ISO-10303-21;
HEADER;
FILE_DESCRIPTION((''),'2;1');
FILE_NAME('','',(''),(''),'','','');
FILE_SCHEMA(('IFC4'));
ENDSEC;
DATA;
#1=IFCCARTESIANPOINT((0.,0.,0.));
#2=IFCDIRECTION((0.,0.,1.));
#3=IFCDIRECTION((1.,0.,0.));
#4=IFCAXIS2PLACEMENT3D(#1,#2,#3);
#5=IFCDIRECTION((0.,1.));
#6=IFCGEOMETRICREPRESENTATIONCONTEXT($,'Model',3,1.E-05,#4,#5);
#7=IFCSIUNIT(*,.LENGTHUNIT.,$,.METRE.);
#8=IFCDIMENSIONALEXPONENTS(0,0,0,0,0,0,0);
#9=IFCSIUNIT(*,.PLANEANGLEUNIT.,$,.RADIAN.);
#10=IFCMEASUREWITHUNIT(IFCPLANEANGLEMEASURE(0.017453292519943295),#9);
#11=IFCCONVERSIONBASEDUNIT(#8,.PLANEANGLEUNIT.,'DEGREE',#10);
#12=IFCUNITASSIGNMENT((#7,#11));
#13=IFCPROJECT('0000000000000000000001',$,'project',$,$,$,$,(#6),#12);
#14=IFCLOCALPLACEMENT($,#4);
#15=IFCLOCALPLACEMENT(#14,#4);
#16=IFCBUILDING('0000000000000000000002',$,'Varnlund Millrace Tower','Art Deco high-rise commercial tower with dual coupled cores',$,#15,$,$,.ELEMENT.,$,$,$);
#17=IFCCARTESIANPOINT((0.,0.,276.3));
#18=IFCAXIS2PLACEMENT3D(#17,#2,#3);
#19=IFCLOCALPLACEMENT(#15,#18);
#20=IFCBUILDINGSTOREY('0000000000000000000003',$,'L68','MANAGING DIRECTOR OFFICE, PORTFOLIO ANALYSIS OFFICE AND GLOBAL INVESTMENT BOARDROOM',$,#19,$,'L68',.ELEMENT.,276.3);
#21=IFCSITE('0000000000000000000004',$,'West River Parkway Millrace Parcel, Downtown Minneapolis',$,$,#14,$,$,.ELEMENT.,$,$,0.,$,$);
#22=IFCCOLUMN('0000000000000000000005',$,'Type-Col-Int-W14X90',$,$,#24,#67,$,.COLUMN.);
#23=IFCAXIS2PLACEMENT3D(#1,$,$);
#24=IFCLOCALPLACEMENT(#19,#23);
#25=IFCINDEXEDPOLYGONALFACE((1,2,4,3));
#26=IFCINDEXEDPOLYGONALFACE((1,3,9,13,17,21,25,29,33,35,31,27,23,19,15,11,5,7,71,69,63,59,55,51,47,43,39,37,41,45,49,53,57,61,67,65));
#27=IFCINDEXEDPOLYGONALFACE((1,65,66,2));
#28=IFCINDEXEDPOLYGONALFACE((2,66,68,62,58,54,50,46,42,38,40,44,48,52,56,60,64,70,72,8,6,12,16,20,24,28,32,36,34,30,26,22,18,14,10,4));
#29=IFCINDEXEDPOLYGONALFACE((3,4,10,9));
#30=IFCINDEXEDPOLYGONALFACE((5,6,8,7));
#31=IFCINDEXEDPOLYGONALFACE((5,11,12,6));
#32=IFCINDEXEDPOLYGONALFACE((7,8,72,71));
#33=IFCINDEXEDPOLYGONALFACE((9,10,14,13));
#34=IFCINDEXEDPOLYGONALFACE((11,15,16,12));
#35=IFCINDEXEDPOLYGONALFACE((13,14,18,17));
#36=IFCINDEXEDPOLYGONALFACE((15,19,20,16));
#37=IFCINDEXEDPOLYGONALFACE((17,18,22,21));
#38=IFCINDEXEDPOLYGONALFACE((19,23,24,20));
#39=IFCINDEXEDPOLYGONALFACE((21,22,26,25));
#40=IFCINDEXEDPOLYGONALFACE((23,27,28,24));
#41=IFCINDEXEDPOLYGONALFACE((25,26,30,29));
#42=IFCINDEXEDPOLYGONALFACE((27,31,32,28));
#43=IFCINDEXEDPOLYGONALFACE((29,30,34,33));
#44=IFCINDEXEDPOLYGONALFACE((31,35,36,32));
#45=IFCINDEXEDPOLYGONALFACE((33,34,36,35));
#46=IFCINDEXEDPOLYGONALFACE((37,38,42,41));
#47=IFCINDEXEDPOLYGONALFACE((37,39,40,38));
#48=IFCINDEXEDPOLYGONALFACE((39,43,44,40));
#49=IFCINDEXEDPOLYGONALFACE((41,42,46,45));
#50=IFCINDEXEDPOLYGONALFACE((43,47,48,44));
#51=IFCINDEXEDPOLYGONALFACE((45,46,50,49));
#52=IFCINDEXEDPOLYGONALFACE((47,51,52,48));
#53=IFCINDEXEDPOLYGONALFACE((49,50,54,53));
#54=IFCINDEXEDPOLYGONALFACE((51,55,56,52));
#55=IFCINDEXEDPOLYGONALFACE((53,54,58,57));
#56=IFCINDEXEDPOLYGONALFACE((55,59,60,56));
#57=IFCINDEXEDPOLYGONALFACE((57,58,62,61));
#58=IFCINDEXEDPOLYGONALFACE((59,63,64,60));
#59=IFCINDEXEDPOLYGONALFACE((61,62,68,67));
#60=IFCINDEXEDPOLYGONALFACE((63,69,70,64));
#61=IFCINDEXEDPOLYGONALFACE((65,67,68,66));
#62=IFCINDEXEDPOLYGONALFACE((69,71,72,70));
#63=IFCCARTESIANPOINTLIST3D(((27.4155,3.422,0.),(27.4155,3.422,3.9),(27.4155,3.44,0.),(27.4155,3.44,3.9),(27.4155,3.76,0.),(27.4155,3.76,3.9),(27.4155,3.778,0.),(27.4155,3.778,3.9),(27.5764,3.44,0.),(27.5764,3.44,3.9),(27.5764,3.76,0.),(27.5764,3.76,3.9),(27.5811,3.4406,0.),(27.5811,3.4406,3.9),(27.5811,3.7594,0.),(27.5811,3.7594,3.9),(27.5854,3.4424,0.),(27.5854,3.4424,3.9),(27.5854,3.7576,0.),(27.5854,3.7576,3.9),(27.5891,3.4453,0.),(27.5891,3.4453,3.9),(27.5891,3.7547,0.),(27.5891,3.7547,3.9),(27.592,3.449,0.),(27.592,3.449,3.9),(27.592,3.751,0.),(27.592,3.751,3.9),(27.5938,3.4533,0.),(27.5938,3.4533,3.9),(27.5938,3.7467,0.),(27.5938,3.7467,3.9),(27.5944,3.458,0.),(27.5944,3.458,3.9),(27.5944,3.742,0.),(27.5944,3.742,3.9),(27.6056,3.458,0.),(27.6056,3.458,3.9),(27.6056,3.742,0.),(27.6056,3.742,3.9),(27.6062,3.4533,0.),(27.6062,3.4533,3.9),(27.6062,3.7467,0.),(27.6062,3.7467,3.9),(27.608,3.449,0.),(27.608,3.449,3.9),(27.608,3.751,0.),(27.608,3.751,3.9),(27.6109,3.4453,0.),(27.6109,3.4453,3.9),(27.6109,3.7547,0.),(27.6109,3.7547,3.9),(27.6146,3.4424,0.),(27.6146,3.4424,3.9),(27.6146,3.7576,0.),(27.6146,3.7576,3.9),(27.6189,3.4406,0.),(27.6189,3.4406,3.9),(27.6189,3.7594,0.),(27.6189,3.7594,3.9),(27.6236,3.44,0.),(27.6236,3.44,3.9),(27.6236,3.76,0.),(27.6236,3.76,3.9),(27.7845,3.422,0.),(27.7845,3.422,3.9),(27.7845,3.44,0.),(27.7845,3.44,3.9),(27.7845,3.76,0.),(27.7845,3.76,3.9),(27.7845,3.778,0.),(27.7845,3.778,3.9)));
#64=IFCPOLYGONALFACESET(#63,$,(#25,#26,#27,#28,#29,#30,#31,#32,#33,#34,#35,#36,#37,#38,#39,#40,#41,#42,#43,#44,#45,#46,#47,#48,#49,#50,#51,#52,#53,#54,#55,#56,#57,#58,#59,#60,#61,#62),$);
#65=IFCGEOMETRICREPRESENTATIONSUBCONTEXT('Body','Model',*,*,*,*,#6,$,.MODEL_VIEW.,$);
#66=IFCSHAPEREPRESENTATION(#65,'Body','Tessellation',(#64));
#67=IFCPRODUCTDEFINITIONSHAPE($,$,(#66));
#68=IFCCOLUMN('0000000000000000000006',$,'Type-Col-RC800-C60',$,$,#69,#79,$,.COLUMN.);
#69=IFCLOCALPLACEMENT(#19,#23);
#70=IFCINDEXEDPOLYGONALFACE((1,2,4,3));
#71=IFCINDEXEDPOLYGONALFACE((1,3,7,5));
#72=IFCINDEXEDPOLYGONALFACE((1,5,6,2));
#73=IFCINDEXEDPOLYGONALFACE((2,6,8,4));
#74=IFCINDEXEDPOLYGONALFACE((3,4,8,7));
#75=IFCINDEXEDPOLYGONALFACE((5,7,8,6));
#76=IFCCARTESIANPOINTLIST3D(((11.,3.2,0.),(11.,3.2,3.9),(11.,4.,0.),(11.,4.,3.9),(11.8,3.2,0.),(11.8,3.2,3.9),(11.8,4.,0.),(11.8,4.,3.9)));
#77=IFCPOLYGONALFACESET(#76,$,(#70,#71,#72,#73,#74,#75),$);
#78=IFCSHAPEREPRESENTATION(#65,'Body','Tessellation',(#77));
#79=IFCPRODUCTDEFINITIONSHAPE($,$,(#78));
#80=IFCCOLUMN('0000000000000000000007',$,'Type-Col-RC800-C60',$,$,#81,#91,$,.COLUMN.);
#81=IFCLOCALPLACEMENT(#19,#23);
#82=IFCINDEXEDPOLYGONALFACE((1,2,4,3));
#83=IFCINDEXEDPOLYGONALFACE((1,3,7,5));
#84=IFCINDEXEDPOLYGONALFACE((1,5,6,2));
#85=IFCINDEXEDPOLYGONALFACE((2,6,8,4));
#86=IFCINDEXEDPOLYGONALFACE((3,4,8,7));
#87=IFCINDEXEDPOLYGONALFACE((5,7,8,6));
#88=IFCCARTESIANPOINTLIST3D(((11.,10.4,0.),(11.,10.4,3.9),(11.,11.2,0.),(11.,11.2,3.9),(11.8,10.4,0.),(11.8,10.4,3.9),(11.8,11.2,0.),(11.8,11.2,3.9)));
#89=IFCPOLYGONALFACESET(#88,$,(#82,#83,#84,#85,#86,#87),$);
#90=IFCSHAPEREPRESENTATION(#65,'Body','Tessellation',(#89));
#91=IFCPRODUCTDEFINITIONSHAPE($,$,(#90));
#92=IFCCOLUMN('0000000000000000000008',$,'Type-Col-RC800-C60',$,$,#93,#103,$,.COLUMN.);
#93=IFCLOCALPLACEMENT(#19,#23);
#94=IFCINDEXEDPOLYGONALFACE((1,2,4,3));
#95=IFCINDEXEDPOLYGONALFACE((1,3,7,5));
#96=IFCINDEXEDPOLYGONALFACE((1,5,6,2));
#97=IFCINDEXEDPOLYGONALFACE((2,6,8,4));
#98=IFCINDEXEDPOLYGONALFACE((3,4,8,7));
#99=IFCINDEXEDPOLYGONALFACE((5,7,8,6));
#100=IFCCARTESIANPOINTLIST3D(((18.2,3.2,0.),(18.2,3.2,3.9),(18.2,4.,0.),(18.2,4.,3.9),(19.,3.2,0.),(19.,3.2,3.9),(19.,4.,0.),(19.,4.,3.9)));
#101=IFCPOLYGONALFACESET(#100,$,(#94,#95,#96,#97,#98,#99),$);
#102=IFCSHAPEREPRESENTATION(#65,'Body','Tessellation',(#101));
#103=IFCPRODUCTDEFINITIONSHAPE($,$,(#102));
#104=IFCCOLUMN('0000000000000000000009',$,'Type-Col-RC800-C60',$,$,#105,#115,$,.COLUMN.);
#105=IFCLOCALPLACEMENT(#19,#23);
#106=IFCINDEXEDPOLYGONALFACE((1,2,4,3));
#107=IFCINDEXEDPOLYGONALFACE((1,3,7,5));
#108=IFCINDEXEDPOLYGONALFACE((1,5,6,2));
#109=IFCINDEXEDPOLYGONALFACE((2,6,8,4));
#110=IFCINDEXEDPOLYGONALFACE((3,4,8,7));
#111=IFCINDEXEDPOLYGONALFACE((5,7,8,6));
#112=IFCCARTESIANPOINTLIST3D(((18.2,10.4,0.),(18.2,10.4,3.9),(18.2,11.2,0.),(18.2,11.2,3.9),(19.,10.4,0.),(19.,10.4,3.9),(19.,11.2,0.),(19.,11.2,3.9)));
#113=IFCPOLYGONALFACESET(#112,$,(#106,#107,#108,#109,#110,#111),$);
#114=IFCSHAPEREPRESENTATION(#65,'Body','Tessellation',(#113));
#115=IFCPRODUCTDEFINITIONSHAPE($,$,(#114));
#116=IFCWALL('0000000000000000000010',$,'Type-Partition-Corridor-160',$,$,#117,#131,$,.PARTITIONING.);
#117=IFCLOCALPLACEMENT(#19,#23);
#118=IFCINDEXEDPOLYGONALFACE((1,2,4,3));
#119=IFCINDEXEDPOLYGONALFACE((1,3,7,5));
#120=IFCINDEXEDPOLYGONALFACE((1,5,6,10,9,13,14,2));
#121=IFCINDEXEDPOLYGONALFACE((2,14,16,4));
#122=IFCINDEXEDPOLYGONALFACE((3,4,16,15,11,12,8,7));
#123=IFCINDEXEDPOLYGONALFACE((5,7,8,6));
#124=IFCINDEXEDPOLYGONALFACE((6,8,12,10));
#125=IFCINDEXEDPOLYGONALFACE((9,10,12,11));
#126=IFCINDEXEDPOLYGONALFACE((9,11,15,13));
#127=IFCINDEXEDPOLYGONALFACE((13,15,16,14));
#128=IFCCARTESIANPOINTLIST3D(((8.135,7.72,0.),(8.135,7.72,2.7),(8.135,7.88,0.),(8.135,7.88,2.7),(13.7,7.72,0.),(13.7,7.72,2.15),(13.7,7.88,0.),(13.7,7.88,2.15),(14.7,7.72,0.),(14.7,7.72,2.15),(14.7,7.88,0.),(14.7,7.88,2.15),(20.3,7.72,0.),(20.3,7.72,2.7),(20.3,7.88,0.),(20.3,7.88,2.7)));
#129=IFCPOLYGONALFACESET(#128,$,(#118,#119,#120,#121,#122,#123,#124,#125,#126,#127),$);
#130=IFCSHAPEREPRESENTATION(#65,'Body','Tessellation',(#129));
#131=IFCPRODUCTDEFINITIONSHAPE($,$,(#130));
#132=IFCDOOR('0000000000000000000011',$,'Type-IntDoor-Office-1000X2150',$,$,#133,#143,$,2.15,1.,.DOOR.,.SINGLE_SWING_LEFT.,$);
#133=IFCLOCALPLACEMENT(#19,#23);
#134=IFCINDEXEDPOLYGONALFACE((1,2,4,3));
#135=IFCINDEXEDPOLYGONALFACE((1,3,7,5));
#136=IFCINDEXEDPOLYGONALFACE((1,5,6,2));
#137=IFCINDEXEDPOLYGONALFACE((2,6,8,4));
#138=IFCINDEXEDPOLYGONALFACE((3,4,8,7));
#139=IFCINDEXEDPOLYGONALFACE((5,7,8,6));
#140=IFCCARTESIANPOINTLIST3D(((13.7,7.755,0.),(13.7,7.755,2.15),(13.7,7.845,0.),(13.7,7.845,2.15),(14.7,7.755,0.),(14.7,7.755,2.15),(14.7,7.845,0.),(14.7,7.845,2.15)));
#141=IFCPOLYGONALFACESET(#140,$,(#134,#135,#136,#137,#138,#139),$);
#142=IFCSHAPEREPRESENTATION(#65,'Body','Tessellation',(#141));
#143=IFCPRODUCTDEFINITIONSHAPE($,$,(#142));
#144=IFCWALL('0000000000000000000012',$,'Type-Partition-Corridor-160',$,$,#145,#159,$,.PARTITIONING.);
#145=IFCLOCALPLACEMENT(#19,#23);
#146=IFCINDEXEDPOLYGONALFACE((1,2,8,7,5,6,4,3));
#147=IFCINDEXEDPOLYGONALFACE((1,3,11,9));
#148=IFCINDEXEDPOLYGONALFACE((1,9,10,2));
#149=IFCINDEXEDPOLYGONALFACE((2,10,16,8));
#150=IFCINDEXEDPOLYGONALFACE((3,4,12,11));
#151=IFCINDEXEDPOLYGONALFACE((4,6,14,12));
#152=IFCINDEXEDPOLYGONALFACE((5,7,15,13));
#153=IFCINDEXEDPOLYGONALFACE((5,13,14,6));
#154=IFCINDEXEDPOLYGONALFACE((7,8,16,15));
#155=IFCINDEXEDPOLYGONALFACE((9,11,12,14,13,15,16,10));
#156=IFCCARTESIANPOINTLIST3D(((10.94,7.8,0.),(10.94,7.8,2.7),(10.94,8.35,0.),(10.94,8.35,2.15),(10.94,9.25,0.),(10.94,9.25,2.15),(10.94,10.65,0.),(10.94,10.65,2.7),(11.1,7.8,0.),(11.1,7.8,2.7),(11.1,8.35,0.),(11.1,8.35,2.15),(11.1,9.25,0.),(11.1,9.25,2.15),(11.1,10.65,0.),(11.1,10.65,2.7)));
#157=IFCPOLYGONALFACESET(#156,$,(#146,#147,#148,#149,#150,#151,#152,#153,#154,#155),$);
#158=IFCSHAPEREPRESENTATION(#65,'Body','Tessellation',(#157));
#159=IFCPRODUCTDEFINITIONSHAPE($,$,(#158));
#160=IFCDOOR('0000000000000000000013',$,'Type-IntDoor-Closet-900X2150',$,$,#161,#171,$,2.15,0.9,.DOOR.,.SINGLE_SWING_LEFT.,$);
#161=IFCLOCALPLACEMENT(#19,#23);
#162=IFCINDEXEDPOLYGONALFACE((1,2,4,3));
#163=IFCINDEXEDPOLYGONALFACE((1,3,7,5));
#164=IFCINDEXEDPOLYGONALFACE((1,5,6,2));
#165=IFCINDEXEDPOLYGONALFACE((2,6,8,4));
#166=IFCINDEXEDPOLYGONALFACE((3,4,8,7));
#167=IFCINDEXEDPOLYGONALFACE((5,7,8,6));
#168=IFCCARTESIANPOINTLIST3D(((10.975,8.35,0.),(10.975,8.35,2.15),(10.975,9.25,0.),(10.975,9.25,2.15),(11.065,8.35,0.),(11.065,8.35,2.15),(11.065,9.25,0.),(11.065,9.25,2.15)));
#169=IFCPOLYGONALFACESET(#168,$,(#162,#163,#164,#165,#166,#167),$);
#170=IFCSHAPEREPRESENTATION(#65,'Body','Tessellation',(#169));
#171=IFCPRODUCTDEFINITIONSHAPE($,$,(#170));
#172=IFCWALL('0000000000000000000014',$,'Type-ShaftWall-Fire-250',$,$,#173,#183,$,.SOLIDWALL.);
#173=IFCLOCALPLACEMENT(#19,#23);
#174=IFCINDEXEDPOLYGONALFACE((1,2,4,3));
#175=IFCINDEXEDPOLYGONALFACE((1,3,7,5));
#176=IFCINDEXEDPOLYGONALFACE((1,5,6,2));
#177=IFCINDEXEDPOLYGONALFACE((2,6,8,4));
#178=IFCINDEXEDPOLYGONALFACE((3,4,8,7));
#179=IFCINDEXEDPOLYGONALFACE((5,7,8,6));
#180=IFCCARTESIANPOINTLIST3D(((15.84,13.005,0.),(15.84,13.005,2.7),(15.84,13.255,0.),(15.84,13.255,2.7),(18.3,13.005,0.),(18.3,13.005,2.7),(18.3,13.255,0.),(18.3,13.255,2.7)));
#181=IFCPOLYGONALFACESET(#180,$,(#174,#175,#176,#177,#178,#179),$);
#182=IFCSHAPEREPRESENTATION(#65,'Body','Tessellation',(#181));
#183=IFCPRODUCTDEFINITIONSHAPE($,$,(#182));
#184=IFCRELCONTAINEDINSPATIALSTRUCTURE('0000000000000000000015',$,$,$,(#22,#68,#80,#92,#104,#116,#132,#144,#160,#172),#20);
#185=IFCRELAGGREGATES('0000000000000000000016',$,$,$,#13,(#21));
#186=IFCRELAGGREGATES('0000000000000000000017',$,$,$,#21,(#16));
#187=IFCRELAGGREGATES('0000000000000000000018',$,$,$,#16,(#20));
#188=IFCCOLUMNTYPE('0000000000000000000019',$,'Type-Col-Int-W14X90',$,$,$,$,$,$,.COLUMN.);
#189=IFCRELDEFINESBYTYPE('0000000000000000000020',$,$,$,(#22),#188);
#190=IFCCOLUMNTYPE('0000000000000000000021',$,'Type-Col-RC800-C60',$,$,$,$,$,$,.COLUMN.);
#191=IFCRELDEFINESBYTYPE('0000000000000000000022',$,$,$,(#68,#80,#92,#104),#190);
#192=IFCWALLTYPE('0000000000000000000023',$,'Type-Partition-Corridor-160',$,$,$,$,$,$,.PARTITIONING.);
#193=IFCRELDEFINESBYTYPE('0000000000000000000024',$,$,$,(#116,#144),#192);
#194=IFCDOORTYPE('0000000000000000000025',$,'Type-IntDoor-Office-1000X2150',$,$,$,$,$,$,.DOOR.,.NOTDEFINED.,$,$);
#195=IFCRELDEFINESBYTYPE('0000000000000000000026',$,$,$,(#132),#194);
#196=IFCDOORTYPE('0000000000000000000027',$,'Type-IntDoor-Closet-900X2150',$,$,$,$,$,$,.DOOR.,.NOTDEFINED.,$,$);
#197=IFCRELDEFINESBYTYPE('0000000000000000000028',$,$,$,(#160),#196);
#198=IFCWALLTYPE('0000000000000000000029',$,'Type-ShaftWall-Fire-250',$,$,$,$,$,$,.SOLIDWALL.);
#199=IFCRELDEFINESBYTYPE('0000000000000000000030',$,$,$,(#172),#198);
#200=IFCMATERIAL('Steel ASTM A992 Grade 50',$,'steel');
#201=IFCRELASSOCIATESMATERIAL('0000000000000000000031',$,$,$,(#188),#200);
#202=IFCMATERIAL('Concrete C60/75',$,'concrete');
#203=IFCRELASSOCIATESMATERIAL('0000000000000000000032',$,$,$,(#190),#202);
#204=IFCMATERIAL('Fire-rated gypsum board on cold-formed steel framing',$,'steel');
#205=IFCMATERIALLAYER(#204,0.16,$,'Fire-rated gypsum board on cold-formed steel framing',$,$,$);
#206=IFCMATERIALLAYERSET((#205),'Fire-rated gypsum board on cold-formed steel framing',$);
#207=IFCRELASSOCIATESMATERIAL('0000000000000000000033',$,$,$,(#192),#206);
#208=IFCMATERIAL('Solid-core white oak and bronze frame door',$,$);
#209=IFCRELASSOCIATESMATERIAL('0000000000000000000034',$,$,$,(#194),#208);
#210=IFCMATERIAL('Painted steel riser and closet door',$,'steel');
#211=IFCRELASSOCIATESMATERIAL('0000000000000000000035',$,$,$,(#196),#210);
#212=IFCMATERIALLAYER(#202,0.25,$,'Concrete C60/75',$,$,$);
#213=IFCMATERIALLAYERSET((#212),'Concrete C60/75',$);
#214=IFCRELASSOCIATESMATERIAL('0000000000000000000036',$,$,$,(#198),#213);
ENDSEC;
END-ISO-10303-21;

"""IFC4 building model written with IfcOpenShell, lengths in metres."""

from ifc_helpers import new_model, entity, si_unit, converted_unit, direction, frame, origin_with_axes, origin_2d_with_axis, place, context, subcontext, project, spatial, polyline, rectangle, i_section, outline, extrude, material, layer, layer_set, material_profile, profile_set, type_object, element, fill, save


model = new_model("IFC4")

# Units and contexts
model_context = context("Model", 3, precision=1e-05, world=origin_with_axes(), true_north=direction((0.0, 1.0)))
body_context = subcontext(model_context, "Body", "Model", "MODEL_VIEW")
ifc_project = project(units=[si_unit("LENGTHUNIT", "METRE"), converted_unit("PLANEANGLEUNIT", "DEGREE", entity("IfcPlaneAngleMeasure", 0.017453292519943295), si_unit("PLANEANGLEUNIT", "RADIAN"), dimensions=[0, 0, 0, 0, 0, 0, 0])], contexts=[model_context])

# Site, building, storey
site_placement = place(None, origin_with_axes())
site = spatial("IfcSite", under=ifc_project, at=site_placement, Name="West River Parkway Millrace Parcel, Downtown Minneapolis", CompositionType="ELEMENT", RefElevation=0.0)
building_placement = place(site_placement, origin_with_axes())
building = spatial("IfcBuilding", under=site, at=building_placement, Name="Varnlund Millrace Tower", Description="Art Deco high-rise commercial tower with dual coupled cores", CompositionType="ELEMENT")
storey_placement = place(building_placement, frame((0.0, 0.0, 276.3), z_axis=(0.0, 0.0, 1.0), x_axis=(1.0, 0.0, 0.0)))
storey = spatial("IfcBuildingStorey", under=building, at=storey_placement, Name="L68", Description="MANAGING DIRECTOR OFFICE, PORTFOLIO ANALYSIS OFFICE AND GLOBAL INVESTMENT BOARDROOM", LongName="L68", CompositionType="ELEMENT", Elevation=276.3)

# Columns
ifc_material_1 = material(Name="Steel ASTM A992 Grade 50", Category="steel")
ifc_material_profile_1 = material_profile(ifc_material_1, i_section(OverallWidth=0.369, OverallDepth=0.356, WebThickness=0.0112, FlangeThickness=0.018, FilletRadius=0.018, at=origin_2d_with_axis()), Name="Steel ASTM A992 Grade 50")
ifc_profile_set_1 = profile_set([ifc_material_profile_1], Name="Steel ASTM A992 Grade 50")
column_type_1 = type_object("IfcColumnType", Name="Type-Col-Int-W14X90", PredefinedType="COLUMN", material=ifc_profile_set_1)
column_placement = place(storey_placement, frame((27.6, 3.6, 0.0), z_axis=(0.0, 0.0, 1.0), x_axis=(1.0, 0.0, 0.0)))
element("IfcColumn", 1, at=column_placement, inside=storey, type_object=column_type_1, Name="Type-Col-Int-W14X90", PredefinedType="COLUMN", context=body_context, shape_type="SweptSolid", body=[
    extrude(i_section(OverallWidth=0.369, OverallDepth=0.356, WebThickness=0.0112, FlangeThickness=0.018, FilletRadius=0.018, at=origin_2d_with_axis()), origin_with_axes(), (0.0, 0.0, 1.0), 3.9),
])
ifc_material_2 = material(Name="Concrete C60/75", Category="concrete")
ifc_material_profile_2 = material_profile(ifc_material_2, rectangle(XDim=0.8, YDim=0.8, at=origin_2d_with_axis()), Name="Concrete C60/75")
ifc_profile_set_2 = profile_set([ifc_material_profile_2], Name="Concrete C60/75")
column_type_2 = type_object("IfcColumnType", Name="Type-Col-RC800-C60", PredefinedType="COLUMN", material=ifc_profile_set_2)
for number, where, z_axis, x_axis, name in (
    (2, (11.4, 3.6, 0.0), (0.0, 0.0, 1.0), (1.0, 0.0, 0.0), "Type-Col-RC800-C60"),
    (3, (11.4, 10.8, 0.0), (0.0, 0.0, 1.0), (1.0, 0.0, 0.0), "Type-Col-RC800-C60"),
    (4, (18.6, 3.6, 0.0), (0.0, 0.0, 1.0), (1.0, 0.0, 0.0), "Type-Col-RC800-C60"),
    (5, (18.6, 10.8, 0.0), (0.0, 0.0, 1.0), (1.0, 0.0, 0.0), "Type-Col-RC800-C60"),
):
    element("IfcColumn", number, at=place(storey_placement, frame(where, z_axis=z_axis, x_axis=x_axis)), inside=storey, type_object=column_type_2, Name=name, PredefinedType="COLUMN", context=body_context, shape_type="SweptSolid", body=[
        extrude(rectangle(XDim=0.8, YDim=0.8, at=origin_2d_with_axis()), origin_with_axes(), (0.0, 0.0, 1.0), 3.9),
    ])

# Wall, opening, door
ifc_material_3 = material(Name="Fire-rated gypsum board on cold-formed steel framing", Category="steel")
ifc_layer_1 = layer(ifc_material_3, 0.16, Name="Fire-rated gypsum board on cold-formed steel framing")
ifc_layer_set_1 = layer_set([ifc_layer_1], Name="Fire-rated gypsum board on cold-formed steel framing")
wall_type_1 = type_object("IfcWallType", Name="Type-Partition-Corridor-160", PredefinedType="PARTITIONING", material=ifc_layer_set_1)
wall_1_placement = place(storey_placement, frame((8.135, 7.8, 0.0), z_axis=(0.0, 0.0, 1.0), x_axis=(1.0, 0.0, 0.0)))
wall_1 = element("IfcWall", 6, at=wall_1_placement, inside=storey, type_object=wall_type_1, Name="Type-Partition-Corridor-160", PredefinedType="PARTITIONING", context=body_context, shape_type="SweptSolid", body=[
    extrude(outline(polyline([(0.0, -0.08), (12.165, -0.08), (12.165, 0.08), (0.0, 0.08), (0.0, -0.08)])), origin_with_axes(), (0.0, 0.0, 1.0), 2.7),
])
opening_1_placement = place(wall_1_placement, frame((6.065, 0.0, 0.0), z_axis=(0.0, 0.0, 1.0), x_axis=(1.0, 0.0, 0.0)))
opening_1 = element("IfcOpeningElement", 7, at=opening_1_placement, cuts=wall_1, PredefinedType="OPENING", context=body_context, shape_type="SweptSolid", body=[
    extrude(rectangle(XDim=1.0, YDim=0.18, at=origin_2d_with_axis()), origin_with_axes(), (0.0, 0.0, 1.0), 2.15),
])
ifc_material_4 = material(Name="Solid-core white oak and bronze frame door")
door_type_1 = type_object("IfcDoorType", Name="Type-IntDoor-Office-1000X2150", OperationType="NOTDEFINED", PredefinedType="DOOR", material=ifc_material_4)
door_1_placement = place(wall_1_placement, frame((6.065, 0.0, 0.0), z_axis=(0.0, 0.0, 1.0), x_axis=(1.0, 0.0, 0.0)))
door_1 = element("IfcDoor", 8, at=door_1_placement, inside=storey, type_object=door_type_1, Name="Type-IntDoor-Office-1000X2150", OperationType="SINGLE_SWING_LEFT", OverallHeight=2.15, OverallWidth=1.0, PredefinedType="DOOR", context=body_context, shape_type="SweptSolid", body=[
    extrude(rectangle(XDim=1.0, YDim=0.09, at=origin_2d_with_axis()), origin_with_axes(), (0.0, 0.0, 1.0), 2.15),
])
fill(opening_1, door_1)

# Wall, opening, door
wall_2_placement = place(storey_placement, frame((11.02, 7.8, 0.0), z_axis=(0.0, 0.0, 1.0), x_axis=(0.0, 1.0, 0.0)))
wall_2 = element("IfcWall", 9, at=wall_2_placement, inside=storey, type_object=wall_type_1, Name="Type-Partition-Corridor-160", PredefinedType="PARTITIONING", context=body_context, shape_type="SweptSolid", body=[
    extrude(outline(polyline([(0.0, -0.08), (2.85, -0.08), (2.85, 0.08), (0.0, 0.08), (0.0, -0.08)])), origin_with_axes(), (0.0, 0.0, 1.0), 2.7),
])
opening_2_placement = place(wall_2_placement, frame((1.0, 0.0, 0.0), z_axis=(0.0, 0.0, 1.0), x_axis=(1.0, 0.0, 0.0)))
opening_2 = element("IfcOpeningElement", 10, at=opening_2_placement, cuts=wall_2, PredefinedType="OPENING", context=body_context, shape_type="SweptSolid", body=[
    extrude(rectangle(XDim=0.9, YDim=0.18, at=origin_2d_with_axis()), origin_with_axes(), (0.0, 0.0, 1.0), 2.15),
])
ifc_material_5 = material(Name="Painted steel riser and closet door", Category="steel")
door_type_2 = type_object("IfcDoorType", Name="Type-IntDoor-Closet-900X2150", OperationType="NOTDEFINED", PredefinedType="DOOR", material=ifc_material_5)
door_2_placement = place(wall_2_placement, frame((1.0, 0.0, 0.0), z_axis=(0.0, 0.0, 1.0), x_axis=(1.0, 0.0, 0.0)))
door_2 = element("IfcDoor", 11, at=door_2_placement, inside=storey, type_object=door_type_2, Name="Type-IntDoor-Closet-900X2150", OperationType="SINGLE_SWING_LEFT", OverallHeight=2.15, OverallWidth=0.9, PredefinedType="DOOR", context=body_context, shape_type="SweptSolid", body=[
    extrude(rectangle(XDim=0.9, YDim=0.09, at=origin_2d_with_axis()), origin_with_axes(), (0.0, 0.0, 1.0), 2.15),
])
fill(opening_2, door_2)

# Wall
ifc_layer_2 = layer(ifc_material_2, 0.25, Name="Concrete C60/75")
ifc_layer_set_2 = layer_set([ifc_layer_2], Name="Concrete C60/75")
wall_type_2 = type_object("IfcWallType", Name="Type-ShaftWall-Fire-250", PredefinedType="SOLIDWALL", material=ifc_layer_set_2)
for number, where, z_axis, x_axis, name in (
    (12, (15.84, 13.13, 0.0), (0.0, 0.0, 1.0), (1.0, 0.0, 0.0), "Type-ShaftWall-Fire-250"),
):
    element("IfcWall", number, at=place(storey_placement, frame(where, z_axis=z_axis, x_axis=x_axis)), inside=storey, type_object=wall_type_2, Name=name, PredefinedType="SOLIDWALL", context=body_context, shape_type="SweptSolid", body=[
        extrude(outline(polyline([(0.0, -0.125), (2.46, -0.125), (2.46, 0.125), (0.0, 0.125), (0.0, -0.125)])), origin_with_axes(), (0.0, 0.0, 1.0), 2.7),
    ])

save(model, "model.ifc")
